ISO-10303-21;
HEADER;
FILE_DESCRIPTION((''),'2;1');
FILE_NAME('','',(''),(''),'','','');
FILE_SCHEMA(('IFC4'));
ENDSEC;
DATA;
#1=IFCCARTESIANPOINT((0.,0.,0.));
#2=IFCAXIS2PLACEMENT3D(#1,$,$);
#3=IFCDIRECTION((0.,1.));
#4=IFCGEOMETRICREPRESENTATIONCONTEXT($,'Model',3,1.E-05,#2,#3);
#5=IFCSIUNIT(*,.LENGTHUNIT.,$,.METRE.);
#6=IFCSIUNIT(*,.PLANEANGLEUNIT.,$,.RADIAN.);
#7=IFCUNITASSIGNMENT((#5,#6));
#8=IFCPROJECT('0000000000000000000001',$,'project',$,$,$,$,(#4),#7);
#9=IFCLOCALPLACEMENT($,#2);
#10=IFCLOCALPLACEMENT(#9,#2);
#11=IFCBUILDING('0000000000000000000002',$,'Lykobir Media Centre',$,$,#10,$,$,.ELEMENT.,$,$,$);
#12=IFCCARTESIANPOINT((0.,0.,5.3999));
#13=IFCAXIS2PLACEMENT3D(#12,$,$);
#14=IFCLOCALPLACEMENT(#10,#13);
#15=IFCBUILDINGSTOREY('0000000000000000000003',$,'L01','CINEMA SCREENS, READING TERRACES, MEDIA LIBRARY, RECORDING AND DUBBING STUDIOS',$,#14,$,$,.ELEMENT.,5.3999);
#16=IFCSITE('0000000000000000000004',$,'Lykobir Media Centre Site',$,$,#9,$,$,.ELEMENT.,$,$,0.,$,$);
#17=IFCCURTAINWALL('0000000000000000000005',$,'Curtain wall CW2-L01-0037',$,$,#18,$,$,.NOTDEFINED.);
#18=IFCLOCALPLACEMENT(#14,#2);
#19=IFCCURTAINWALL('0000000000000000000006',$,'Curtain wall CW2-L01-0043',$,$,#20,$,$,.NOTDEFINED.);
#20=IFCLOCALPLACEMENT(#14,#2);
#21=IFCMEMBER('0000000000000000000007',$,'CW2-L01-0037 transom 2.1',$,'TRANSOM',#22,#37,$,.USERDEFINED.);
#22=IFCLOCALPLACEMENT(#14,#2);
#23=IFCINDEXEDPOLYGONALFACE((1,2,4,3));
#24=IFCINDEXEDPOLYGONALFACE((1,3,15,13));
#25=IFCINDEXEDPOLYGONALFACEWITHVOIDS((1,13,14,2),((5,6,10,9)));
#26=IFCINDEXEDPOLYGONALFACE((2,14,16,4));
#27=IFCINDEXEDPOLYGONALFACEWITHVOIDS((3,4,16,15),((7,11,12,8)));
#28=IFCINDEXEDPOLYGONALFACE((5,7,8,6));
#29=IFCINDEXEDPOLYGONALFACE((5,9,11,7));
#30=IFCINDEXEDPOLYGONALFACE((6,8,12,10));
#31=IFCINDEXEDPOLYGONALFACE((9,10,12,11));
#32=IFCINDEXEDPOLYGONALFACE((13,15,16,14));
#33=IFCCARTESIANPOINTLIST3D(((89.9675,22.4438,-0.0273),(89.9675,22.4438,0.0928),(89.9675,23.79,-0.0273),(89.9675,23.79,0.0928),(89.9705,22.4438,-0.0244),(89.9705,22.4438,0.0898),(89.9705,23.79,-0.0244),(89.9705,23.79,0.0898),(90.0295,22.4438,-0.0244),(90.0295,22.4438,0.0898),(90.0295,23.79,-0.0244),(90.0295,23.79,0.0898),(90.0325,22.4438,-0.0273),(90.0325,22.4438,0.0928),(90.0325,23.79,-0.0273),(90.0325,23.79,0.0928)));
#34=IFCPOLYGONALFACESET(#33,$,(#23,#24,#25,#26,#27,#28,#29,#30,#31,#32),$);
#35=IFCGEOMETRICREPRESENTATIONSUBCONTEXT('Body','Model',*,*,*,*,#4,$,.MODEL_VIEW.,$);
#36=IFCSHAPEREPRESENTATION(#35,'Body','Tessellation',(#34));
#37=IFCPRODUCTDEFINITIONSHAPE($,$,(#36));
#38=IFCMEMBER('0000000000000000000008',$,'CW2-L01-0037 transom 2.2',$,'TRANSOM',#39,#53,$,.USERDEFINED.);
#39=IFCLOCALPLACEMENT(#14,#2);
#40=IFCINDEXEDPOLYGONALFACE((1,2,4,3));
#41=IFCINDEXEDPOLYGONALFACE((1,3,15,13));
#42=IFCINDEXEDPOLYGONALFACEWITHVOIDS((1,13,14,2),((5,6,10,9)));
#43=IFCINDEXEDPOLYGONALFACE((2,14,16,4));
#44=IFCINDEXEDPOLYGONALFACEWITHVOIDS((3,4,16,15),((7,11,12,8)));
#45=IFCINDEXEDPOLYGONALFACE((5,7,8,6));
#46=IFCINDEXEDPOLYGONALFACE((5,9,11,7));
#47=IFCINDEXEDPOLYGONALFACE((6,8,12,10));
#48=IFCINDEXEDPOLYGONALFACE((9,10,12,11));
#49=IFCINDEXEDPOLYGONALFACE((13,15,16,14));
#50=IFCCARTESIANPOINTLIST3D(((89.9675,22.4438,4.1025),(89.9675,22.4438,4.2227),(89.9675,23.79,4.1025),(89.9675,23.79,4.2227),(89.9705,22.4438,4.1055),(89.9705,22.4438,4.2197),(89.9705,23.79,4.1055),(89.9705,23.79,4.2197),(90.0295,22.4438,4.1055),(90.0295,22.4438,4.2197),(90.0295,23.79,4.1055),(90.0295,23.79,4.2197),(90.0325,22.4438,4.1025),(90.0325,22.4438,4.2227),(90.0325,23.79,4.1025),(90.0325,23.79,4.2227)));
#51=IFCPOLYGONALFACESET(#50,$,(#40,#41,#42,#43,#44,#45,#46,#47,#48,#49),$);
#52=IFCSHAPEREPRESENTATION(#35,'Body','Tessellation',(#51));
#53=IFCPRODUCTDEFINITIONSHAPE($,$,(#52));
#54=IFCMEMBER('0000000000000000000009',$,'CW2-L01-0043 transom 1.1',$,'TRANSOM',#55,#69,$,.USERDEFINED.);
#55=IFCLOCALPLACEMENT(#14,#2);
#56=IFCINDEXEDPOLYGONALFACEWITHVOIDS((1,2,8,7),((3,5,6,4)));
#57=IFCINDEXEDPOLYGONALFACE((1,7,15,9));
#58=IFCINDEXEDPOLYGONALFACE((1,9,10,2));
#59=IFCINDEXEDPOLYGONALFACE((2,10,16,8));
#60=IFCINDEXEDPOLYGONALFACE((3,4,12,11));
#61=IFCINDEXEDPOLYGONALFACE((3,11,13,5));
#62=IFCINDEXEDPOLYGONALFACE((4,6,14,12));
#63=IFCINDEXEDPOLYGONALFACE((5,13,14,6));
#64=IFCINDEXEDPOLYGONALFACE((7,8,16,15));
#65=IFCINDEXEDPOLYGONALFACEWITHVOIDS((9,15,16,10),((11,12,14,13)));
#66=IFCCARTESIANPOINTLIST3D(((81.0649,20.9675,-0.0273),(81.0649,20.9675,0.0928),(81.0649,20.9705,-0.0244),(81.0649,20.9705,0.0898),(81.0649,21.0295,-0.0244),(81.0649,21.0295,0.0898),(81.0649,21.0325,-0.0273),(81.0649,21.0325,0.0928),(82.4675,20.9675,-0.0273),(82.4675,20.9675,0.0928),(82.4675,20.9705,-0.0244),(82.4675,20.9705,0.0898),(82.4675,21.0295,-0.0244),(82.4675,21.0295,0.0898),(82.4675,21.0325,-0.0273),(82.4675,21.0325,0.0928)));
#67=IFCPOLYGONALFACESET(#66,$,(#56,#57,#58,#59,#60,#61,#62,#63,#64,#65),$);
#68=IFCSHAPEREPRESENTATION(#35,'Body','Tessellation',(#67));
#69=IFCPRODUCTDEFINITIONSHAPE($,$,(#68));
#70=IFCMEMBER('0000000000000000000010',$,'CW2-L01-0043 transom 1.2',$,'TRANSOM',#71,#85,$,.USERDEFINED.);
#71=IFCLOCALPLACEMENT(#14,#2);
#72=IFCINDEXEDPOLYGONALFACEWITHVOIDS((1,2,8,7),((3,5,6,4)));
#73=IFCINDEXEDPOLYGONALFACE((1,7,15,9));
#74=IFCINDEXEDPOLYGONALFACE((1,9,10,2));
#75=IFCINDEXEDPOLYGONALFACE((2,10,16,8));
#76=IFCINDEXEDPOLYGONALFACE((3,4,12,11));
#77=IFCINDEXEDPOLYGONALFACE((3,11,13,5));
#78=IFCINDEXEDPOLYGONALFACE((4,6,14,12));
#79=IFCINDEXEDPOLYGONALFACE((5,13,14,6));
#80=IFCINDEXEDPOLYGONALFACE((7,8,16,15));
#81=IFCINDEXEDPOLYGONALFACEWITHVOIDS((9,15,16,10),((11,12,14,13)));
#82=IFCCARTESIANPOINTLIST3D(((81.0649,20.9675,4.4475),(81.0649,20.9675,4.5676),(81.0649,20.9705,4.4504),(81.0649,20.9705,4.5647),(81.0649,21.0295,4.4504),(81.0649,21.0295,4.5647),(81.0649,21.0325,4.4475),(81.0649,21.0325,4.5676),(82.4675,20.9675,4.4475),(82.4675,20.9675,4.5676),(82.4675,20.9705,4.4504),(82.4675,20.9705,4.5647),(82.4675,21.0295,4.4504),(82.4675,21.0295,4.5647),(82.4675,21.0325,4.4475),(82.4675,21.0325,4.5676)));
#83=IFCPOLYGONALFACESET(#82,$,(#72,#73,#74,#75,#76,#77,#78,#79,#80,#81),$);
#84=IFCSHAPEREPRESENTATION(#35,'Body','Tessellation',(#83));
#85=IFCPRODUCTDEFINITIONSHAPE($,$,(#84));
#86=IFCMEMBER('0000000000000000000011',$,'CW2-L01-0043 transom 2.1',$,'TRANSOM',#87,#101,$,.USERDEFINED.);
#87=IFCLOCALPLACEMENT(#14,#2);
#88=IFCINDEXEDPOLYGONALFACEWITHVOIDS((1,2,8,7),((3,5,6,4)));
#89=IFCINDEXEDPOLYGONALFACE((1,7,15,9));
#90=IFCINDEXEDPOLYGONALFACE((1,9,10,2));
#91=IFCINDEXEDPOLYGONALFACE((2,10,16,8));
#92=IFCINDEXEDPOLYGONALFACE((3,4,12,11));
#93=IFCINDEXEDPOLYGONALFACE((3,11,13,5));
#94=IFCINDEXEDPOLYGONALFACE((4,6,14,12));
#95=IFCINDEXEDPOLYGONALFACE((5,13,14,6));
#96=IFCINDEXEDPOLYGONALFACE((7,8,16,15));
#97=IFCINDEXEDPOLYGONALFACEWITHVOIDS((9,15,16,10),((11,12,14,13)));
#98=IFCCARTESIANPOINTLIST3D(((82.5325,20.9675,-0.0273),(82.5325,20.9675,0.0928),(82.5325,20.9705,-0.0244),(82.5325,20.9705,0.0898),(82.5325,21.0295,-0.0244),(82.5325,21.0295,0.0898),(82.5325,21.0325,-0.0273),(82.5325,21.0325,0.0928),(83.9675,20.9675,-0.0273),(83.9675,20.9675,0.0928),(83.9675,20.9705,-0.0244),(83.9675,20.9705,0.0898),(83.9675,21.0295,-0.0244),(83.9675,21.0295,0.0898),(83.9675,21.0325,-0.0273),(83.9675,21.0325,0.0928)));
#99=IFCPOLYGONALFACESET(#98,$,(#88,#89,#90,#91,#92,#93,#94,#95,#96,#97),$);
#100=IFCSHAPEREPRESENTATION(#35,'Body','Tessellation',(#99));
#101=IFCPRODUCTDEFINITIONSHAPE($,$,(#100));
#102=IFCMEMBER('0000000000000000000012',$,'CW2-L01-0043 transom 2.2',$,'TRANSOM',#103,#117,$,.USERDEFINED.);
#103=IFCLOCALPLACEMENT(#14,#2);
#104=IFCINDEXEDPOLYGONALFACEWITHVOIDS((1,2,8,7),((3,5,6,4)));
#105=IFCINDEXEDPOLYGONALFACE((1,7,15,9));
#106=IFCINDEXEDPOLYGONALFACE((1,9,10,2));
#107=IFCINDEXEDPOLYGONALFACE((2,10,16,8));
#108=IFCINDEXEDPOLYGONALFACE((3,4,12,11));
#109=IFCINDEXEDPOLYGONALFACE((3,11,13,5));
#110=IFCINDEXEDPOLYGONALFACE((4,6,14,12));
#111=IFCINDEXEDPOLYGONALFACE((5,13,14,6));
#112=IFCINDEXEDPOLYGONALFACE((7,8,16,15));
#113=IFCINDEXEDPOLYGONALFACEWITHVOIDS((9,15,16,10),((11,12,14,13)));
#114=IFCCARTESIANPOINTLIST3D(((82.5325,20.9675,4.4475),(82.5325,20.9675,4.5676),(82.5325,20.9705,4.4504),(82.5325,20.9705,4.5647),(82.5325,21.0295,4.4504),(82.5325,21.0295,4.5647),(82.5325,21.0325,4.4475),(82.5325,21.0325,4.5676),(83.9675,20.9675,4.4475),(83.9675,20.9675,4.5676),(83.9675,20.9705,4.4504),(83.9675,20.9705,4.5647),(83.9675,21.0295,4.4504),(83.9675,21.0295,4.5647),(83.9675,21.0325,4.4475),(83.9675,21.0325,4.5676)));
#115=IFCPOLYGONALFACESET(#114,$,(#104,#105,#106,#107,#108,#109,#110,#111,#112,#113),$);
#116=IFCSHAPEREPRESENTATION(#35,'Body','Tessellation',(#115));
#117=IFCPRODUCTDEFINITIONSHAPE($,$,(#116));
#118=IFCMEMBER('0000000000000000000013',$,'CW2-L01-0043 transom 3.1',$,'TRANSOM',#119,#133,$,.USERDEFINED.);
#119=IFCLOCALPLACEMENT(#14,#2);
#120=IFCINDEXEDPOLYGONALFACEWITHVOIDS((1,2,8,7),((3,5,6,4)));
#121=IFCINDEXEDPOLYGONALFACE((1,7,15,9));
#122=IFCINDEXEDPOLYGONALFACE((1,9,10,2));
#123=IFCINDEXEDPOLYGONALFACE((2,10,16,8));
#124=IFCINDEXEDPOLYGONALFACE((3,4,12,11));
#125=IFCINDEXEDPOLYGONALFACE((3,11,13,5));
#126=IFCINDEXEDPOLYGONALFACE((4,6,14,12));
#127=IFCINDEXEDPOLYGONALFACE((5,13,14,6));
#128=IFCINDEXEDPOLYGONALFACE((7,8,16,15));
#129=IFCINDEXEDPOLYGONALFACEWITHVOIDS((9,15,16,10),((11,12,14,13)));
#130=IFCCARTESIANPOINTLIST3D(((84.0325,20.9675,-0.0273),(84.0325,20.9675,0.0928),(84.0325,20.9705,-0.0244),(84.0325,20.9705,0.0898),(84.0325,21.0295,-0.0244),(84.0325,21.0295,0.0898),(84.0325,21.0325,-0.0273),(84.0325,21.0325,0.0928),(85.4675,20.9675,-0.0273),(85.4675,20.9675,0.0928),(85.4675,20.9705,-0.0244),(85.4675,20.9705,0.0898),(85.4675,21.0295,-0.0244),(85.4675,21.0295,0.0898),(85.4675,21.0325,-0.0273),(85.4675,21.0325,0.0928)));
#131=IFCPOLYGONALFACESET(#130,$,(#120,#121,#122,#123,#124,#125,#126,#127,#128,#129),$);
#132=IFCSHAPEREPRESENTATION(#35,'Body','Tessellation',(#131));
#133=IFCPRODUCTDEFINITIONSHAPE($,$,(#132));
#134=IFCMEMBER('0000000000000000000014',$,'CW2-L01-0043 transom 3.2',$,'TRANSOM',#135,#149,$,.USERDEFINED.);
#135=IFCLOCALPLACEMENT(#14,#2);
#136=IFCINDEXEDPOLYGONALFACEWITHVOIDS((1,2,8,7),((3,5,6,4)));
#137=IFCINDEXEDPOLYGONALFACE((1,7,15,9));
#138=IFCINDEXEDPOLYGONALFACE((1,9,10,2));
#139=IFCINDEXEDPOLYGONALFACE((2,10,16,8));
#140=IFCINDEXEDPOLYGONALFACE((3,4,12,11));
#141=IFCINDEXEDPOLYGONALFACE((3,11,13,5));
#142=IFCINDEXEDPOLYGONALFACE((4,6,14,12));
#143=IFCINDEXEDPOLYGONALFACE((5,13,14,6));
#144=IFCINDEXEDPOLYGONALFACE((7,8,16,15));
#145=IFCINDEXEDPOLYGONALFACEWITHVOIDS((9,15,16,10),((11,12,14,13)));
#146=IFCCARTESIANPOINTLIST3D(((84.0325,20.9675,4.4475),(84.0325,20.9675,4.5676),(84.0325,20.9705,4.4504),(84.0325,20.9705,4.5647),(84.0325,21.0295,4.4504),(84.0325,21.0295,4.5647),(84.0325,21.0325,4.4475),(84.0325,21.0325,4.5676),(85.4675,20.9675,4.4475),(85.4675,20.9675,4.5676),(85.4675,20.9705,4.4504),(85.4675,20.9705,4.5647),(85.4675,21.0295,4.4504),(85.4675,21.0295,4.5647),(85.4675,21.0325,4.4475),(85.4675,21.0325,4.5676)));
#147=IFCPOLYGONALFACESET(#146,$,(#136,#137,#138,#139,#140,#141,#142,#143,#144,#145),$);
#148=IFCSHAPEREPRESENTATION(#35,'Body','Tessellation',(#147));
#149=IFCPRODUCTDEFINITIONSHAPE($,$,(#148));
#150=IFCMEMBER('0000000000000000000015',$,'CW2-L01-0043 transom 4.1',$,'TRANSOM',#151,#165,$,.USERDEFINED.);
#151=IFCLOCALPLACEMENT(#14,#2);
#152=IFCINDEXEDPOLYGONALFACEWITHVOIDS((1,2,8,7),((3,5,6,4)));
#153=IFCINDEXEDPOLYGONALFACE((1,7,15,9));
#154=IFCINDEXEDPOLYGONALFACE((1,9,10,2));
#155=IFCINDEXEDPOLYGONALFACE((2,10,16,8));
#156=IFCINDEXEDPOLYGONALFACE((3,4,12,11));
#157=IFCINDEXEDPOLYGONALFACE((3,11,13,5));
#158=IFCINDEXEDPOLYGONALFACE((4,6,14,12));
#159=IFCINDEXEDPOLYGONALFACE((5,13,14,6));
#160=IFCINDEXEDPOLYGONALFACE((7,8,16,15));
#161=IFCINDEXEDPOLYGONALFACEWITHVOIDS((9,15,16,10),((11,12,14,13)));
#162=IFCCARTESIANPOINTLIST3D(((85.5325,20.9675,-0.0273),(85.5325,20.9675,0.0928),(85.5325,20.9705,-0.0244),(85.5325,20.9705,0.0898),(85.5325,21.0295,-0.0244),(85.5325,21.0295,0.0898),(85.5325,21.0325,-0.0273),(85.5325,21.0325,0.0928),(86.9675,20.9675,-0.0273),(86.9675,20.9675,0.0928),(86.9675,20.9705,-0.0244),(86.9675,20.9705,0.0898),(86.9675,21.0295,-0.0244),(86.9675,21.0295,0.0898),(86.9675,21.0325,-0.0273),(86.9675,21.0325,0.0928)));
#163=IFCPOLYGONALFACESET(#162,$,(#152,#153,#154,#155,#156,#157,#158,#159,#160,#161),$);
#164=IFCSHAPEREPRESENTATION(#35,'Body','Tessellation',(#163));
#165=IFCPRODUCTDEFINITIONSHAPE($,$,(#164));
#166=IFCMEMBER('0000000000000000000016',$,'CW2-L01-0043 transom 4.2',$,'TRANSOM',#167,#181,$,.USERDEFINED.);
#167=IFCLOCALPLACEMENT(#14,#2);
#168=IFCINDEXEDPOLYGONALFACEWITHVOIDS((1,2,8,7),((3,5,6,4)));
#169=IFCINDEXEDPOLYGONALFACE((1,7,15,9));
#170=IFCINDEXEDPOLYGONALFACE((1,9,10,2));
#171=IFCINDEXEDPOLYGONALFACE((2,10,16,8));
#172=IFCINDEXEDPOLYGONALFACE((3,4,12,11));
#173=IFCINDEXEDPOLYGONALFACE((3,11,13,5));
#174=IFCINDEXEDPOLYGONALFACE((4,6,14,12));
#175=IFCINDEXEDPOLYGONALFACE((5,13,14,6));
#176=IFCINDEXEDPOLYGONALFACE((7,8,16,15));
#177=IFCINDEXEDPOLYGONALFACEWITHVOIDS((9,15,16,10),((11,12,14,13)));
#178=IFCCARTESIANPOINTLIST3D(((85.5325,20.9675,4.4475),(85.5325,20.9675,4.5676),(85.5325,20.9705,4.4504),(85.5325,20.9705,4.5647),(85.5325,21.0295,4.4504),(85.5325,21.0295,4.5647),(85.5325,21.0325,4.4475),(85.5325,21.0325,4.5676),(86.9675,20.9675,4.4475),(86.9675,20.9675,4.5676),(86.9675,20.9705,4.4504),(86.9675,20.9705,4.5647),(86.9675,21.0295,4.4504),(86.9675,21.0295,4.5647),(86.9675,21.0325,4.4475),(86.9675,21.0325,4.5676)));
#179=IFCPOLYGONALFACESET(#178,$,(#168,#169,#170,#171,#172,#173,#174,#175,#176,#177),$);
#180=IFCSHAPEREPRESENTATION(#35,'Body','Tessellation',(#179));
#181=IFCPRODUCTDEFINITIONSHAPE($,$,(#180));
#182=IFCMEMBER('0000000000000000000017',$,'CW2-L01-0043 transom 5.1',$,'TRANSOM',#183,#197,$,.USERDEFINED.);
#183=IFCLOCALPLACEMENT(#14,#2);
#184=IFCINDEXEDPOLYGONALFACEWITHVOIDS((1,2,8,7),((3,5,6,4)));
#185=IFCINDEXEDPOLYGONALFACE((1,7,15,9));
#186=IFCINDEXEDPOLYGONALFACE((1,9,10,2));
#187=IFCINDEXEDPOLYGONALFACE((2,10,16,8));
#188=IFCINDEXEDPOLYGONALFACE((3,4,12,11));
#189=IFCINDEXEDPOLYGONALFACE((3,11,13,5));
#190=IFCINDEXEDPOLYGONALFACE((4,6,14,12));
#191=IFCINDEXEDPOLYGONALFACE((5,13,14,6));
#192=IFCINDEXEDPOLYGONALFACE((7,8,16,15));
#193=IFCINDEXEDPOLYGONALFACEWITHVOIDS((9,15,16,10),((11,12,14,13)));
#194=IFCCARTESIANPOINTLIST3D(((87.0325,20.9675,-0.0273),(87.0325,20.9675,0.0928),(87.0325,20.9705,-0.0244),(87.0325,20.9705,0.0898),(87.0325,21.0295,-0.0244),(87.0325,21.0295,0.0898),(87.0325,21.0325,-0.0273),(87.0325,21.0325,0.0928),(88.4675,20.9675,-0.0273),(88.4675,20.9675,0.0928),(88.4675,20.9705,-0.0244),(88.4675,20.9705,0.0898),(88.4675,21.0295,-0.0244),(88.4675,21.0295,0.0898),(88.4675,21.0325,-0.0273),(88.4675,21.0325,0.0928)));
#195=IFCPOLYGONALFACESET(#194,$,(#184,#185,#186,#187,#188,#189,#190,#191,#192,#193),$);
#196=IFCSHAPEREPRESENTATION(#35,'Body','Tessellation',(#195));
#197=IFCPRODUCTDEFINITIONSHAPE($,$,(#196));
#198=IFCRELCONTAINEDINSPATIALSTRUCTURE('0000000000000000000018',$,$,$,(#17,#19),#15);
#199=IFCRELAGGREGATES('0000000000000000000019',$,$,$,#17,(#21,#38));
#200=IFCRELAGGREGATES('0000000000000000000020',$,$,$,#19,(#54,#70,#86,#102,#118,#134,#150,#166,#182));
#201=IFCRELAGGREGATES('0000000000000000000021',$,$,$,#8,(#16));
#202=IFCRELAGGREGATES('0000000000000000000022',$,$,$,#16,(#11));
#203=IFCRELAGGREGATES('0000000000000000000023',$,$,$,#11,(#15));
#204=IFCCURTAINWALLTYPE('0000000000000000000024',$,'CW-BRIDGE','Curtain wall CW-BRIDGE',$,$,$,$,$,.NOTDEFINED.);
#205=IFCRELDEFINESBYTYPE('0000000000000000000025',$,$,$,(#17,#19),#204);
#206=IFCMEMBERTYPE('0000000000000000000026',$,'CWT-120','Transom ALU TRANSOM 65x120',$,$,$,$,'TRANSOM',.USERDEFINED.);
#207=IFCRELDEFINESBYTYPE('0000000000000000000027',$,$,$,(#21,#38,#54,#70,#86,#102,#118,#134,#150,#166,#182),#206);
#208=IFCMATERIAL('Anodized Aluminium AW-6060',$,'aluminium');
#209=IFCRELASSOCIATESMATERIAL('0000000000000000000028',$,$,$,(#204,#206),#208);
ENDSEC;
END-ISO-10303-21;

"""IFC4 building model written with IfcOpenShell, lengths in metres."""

from ifc_helpers import new_model, si_unit, direction, frame, origin, origin_2d, place, context, subcontext, project, spatial, hollow_rectangle, extrude, material, material_profile, profile_set, type_object, element, aggregate, save


model = new_model("IFC4")

# Units and contexts
model_context = context("Model", 3, precision=1e-05, world=origin(), true_north=direction((0.0, 1.0)))
body_context = subcontext(model_context, "Body", "Model", "MODEL_VIEW")
ifc_project = project(units=[si_unit("LENGTHUNIT", "METRE"), si_unit("PLANEANGLEUNIT", "RADIAN")], contexts=[model_context])

# Site, building, storey
site_placement = place(None, origin())
site = spatial("IfcSite", under=ifc_project, at=site_placement, Name="Lykobir Media Centre Site", CompositionType="ELEMENT", RefElevation=0.0)
building_placement = place(site_placement, origin())
building = spatial("IfcBuilding", under=site, at=building_placement, Name="Lykobir Media Centre", CompositionType="ELEMENT")
storey_placement = place(building_placement, frame((0.0, 0.0, 5.3999)))
storey = spatial("IfcBuildingStorey", under=building, at=storey_placement, Name="L01", Description="CINEMA SCREENS, READING TERRACES, MEDIA LIBRARY, RECORDING AND DUBBING STUDIOS", CompositionType="ELEMENT", Elevation=5.3999)

# Curtain walls
ifc_material_1 = material(Name="Anodized Aluminium AW-6060", Category="aluminium")
curtain_wall_type = type_object("IfcCurtainWallType", Name="CW-BRIDGE", Description="Curtain wall CW-BRIDGE", PredefinedType="NOTDEFINED", material=ifc_material_1)
curtain_wall_1_placement = place(storey_placement, origin())
curtain_wall_1 = element("IfcCurtainWall", 1, at=curtain_wall_1_placement, inside=storey, type_object=curtain_wall_type, Name="Curtain wall CW2-L01-0037", PredefinedType="NOTDEFINED")
curtain_wall_2_placement = place(storey_placement, origin())
curtain_wall_2 = element("IfcCurtainWall", 2, at=curtain_wall_2_placement, inside=storey, type_object=curtain_wall_type, Name="Curtain wall CW2-L01-0043", PredefinedType="NOTDEFINED")

# Members
ifc_material_profile_1 = material_profile(ifc_material_1, hollow_rectangle(XDim=0.0649, YDim=0.1201, WallThickness=0.0029, at=origin_2d()), Name="ALU TRANSOM 65x120")
ifc_profile_set_1 = profile_set([ifc_material_profile_1], Name="Anodized Aluminium AW-6060")
member_type_1 = type_object("IfcMemberType", Name="CWT-120", Description="Transom ALU TRANSOM 65x120", ElementType="TRANSOM", PredefinedType="USERDEFINED", material=ifc_profile_set_1)
member_1_placement = place(storey_placement, frame((90.0, 22.4438, 0.0327), z_axis=(0.0, 1.0, 0.0), x_axis=(-1.0, 0.0, 0.0)))
member_1 = element("IfcMember", 3, at=member_1_placement, type_object=member_type_1, Name="CW2-L01-0037 transom 2.1", ObjectType="TRANSOM", PredefinedType="USERDEFINED", context=body_context, shape_type="SweptSolid", body=[
    extrude(hollow_rectangle(XDim=0.0649, YDim=0.1201, WallThickness=0.0029, at=origin_2d()), origin(), (0.0, 0.0, 1.0), 1.3462),
])
member_2_placement = place(storey_placement, frame((90.0, 22.4438, 4.1626), z_axis=(0.0, 1.0, 0.0), x_axis=(-1.0, 0.0, 0.0)))
member_2 = element("IfcMember", 4, at=member_2_placement, type_object=member_type_1, Name="CW2-L01-0037 transom 2.2", ObjectType="TRANSOM", PredefinedType="USERDEFINED", context=body_context, shape_type="SweptSolid", body=[
    extrude(hollow_rectangle(XDim=0.0649, YDim=0.1201, WallThickness=0.0029, at=origin_2d()), origin(), (0.0, 0.0, 1.0), 1.3462),
])
member_3_placement = place(storey_placement, frame((81.0649, 21.0, 0.0327), z_axis=(1.0, 0.0, 0.0), x_axis=(0.0, 1.0, 0.0)))
member_3 = element("IfcMember", 5, at=member_3_placement, type_object=member_type_1, Name="CW2-L01-0043 transom 1.1", ObjectType="TRANSOM", PredefinedType="USERDEFINED", context=body_context, shape_type="SweptSolid", body=[
    extrude(hollow_rectangle(XDim=0.0649, YDim=0.1201, WallThickness=0.0029, at=origin_2d()), origin(), (0.0, 0.0, 1.0), 1.4026),
])
member_4_placement = place(storey_placement, frame((81.0649, 21.0, 4.5076), z_axis=(1.0, 0.0, 0.0), x_axis=(0.0, 1.0, 0.0)))
member_4 = element("IfcMember", 6, at=member_4_placement, type_object=member_type_1, Name="CW2-L01-0043 transom 1.2", ObjectType="TRANSOM", PredefinedType="USERDEFINED", context=body_context, shape_type="SweptSolid", body=[
    extrude(hollow_rectangle(XDim=0.0649, YDim=0.1201, WallThickness=0.0029, at=origin_2d()), origin(), (0.0, 0.0, 1.0), 1.4026),
])
member_5_placement = place(storey_placement, frame((82.5325, 21.0, 0.0327), z_axis=(1.0, 0.0, 0.0), x_axis=(0.0, 1.0, 0.0)))
member_5 = element("IfcMember", 7, at=member_5_placement, type_object=member_type_1, Name="CW2-L01-0043 transom 2.1", ObjectType="TRANSOM", PredefinedType="USERDEFINED", context=body_context, shape_type="SweptSolid", body=[
    extrude(hollow_rectangle(XDim=0.0649, YDim=0.1201, WallThickness=0.0029, at=origin_2d()), origin(), (0.0, 0.0, 1.0), 1.4351),
])
member_6_placement = place(storey_placement, frame((82.5325, 21.0, 4.5076), z_axis=(1.0, 0.0, 0.0), x_axis=(0.0, 1.0, 0.0)))
member_6 = element("IfcMember", 8, at=member_6_placement, type_object=member_type_1, Name="CW2-L01-0043 transom 2.2", ObjectType="TRANSOM", PredefinedType="USERDEFINED", context=body_context, shape_type="SweptSolid", body=[
    extrude(hollow_rectangle(XDim=0.0649, YDim=0.1201, WallThickness=0.0029, at=origin_2d()), origin(), (0.0, 0.0, 1.0), 1.4351),
])
member_7_placement = place(storey_placement, frame((84.0325, 21.0, 0.0327), z_axis=(1.0, 0.0, 0.0), x_axis=(0.0, 1.0, 0.0)))
member_7 = element("IfcMember", 9, at=member_7_placement, type_object=member_type_1, Name="CW2-L01-0043 transom 3.1", ObjectType="TRANSOM", PredefinedType="USERDEFINED", context=body_context, shape_type="SweptSolid", body=[
    extrude(hollow_rectangle(XDim=0.0649, YDim=0.1201, WallThickness=0.0029, at=origin_2d()), origin(), (0.0, 0.0, 1.0), 1.4351),
])
member_8_placement = place(storey_placement, frame((84.0325, 21.0, 4.5076), z_axis=(1.0, 0.0, 0.0), x_axis=(0.0, 1.0, 0.0)))
member_8 = element("IfcMember", 10, at=member_8_placement, type_object=member_type_1, Name="CW2-L01-0043 transom 3.2", ObjectType="TRANSOM", PredefinedType="USERDEFINED", context=body_context, shape_type="SweptSolid", body=[
    extrude(hollow_rectangle(XDim=0.0649, YDim=0.1201, WallThickness=0.0029, at=origin_2d()), origin(), (0.0, 0.0, 1.0), 1.4351),
])
member_9_placement = place(storey_placement, frame((85.5325, 21.0, 0.0327), z_axis=(1.0, 0.0, 0.0), x_axis=(0.0, 1.0, 0.0)))
member_9 = element("IfcMember", 11, at=member_9_placement, type_object=member_type_1, Name="CW2-L01-0043 transom 4.1", ObjectType="TRANSOM", PredefinedType="USERDEFINED", context=body_context, shape_type="SweptSolid", body=[
    extrude(hollow_rectangle(XDim=0.0649, YDim=0.1201, WallThickness=0.0029, at=origin_2d()), origin(), (0.0, 0.0, 1.0), 1.4351),
])
member_10_placement = place(storey_placement, frame((85.5325, 21.0, 4.5076), z_axis=(1.0, 0.0, 0.0), x_axis=(0.0, 1.0, 0.0)))
member_10 = element("IfcMember", 12, at=member_10_placement, type_object=member_type_1, Name="CW2-L01-0043 transom 4.2", ObjectType="TRANSOM", PredefinedType="USERDEFINED", context=body_context, shape_type="SweptSolid", body=[
    extrude(hollow_rectangle(XDim=0.0649, YDim=0.1201, WallThickness=0.0029, at=origin_2d()), origin(), (0.0, 0.0, 1.0), 1.4351),
])
member_11_placement = place(storey_placement, frame((87.0325, 21.0, 0.0327), z_axis=(1.0, 0.0, 0.0), x_axis=(0.0, 1.0, 0.0)))
member_11 = element("IfcMember", 13, at=member_11_placement, type_object=member_type_1, Name="CW2-L01-0043 transom 5.1", ObjectType="TRANSOM", PredefinedType="USERDEFINED", context=body_context, shape_type="SweptSolid", body=[
    extrude(hollow_rectangle(XDim=0.0649, YDim=0.1201, WallThickness=0.0029, at=origin_2d()), origin(), (0.0, 0.0, 1.0), 1.4351),
])

aggregate(curtain_wall_1, [member_1, member_2])
aggregate(curtain_wall_2, [member_3, member_4, member_5, member_6, member_7, member_8, member_9, member_10, member_11])

save(model, "model.ifc")
